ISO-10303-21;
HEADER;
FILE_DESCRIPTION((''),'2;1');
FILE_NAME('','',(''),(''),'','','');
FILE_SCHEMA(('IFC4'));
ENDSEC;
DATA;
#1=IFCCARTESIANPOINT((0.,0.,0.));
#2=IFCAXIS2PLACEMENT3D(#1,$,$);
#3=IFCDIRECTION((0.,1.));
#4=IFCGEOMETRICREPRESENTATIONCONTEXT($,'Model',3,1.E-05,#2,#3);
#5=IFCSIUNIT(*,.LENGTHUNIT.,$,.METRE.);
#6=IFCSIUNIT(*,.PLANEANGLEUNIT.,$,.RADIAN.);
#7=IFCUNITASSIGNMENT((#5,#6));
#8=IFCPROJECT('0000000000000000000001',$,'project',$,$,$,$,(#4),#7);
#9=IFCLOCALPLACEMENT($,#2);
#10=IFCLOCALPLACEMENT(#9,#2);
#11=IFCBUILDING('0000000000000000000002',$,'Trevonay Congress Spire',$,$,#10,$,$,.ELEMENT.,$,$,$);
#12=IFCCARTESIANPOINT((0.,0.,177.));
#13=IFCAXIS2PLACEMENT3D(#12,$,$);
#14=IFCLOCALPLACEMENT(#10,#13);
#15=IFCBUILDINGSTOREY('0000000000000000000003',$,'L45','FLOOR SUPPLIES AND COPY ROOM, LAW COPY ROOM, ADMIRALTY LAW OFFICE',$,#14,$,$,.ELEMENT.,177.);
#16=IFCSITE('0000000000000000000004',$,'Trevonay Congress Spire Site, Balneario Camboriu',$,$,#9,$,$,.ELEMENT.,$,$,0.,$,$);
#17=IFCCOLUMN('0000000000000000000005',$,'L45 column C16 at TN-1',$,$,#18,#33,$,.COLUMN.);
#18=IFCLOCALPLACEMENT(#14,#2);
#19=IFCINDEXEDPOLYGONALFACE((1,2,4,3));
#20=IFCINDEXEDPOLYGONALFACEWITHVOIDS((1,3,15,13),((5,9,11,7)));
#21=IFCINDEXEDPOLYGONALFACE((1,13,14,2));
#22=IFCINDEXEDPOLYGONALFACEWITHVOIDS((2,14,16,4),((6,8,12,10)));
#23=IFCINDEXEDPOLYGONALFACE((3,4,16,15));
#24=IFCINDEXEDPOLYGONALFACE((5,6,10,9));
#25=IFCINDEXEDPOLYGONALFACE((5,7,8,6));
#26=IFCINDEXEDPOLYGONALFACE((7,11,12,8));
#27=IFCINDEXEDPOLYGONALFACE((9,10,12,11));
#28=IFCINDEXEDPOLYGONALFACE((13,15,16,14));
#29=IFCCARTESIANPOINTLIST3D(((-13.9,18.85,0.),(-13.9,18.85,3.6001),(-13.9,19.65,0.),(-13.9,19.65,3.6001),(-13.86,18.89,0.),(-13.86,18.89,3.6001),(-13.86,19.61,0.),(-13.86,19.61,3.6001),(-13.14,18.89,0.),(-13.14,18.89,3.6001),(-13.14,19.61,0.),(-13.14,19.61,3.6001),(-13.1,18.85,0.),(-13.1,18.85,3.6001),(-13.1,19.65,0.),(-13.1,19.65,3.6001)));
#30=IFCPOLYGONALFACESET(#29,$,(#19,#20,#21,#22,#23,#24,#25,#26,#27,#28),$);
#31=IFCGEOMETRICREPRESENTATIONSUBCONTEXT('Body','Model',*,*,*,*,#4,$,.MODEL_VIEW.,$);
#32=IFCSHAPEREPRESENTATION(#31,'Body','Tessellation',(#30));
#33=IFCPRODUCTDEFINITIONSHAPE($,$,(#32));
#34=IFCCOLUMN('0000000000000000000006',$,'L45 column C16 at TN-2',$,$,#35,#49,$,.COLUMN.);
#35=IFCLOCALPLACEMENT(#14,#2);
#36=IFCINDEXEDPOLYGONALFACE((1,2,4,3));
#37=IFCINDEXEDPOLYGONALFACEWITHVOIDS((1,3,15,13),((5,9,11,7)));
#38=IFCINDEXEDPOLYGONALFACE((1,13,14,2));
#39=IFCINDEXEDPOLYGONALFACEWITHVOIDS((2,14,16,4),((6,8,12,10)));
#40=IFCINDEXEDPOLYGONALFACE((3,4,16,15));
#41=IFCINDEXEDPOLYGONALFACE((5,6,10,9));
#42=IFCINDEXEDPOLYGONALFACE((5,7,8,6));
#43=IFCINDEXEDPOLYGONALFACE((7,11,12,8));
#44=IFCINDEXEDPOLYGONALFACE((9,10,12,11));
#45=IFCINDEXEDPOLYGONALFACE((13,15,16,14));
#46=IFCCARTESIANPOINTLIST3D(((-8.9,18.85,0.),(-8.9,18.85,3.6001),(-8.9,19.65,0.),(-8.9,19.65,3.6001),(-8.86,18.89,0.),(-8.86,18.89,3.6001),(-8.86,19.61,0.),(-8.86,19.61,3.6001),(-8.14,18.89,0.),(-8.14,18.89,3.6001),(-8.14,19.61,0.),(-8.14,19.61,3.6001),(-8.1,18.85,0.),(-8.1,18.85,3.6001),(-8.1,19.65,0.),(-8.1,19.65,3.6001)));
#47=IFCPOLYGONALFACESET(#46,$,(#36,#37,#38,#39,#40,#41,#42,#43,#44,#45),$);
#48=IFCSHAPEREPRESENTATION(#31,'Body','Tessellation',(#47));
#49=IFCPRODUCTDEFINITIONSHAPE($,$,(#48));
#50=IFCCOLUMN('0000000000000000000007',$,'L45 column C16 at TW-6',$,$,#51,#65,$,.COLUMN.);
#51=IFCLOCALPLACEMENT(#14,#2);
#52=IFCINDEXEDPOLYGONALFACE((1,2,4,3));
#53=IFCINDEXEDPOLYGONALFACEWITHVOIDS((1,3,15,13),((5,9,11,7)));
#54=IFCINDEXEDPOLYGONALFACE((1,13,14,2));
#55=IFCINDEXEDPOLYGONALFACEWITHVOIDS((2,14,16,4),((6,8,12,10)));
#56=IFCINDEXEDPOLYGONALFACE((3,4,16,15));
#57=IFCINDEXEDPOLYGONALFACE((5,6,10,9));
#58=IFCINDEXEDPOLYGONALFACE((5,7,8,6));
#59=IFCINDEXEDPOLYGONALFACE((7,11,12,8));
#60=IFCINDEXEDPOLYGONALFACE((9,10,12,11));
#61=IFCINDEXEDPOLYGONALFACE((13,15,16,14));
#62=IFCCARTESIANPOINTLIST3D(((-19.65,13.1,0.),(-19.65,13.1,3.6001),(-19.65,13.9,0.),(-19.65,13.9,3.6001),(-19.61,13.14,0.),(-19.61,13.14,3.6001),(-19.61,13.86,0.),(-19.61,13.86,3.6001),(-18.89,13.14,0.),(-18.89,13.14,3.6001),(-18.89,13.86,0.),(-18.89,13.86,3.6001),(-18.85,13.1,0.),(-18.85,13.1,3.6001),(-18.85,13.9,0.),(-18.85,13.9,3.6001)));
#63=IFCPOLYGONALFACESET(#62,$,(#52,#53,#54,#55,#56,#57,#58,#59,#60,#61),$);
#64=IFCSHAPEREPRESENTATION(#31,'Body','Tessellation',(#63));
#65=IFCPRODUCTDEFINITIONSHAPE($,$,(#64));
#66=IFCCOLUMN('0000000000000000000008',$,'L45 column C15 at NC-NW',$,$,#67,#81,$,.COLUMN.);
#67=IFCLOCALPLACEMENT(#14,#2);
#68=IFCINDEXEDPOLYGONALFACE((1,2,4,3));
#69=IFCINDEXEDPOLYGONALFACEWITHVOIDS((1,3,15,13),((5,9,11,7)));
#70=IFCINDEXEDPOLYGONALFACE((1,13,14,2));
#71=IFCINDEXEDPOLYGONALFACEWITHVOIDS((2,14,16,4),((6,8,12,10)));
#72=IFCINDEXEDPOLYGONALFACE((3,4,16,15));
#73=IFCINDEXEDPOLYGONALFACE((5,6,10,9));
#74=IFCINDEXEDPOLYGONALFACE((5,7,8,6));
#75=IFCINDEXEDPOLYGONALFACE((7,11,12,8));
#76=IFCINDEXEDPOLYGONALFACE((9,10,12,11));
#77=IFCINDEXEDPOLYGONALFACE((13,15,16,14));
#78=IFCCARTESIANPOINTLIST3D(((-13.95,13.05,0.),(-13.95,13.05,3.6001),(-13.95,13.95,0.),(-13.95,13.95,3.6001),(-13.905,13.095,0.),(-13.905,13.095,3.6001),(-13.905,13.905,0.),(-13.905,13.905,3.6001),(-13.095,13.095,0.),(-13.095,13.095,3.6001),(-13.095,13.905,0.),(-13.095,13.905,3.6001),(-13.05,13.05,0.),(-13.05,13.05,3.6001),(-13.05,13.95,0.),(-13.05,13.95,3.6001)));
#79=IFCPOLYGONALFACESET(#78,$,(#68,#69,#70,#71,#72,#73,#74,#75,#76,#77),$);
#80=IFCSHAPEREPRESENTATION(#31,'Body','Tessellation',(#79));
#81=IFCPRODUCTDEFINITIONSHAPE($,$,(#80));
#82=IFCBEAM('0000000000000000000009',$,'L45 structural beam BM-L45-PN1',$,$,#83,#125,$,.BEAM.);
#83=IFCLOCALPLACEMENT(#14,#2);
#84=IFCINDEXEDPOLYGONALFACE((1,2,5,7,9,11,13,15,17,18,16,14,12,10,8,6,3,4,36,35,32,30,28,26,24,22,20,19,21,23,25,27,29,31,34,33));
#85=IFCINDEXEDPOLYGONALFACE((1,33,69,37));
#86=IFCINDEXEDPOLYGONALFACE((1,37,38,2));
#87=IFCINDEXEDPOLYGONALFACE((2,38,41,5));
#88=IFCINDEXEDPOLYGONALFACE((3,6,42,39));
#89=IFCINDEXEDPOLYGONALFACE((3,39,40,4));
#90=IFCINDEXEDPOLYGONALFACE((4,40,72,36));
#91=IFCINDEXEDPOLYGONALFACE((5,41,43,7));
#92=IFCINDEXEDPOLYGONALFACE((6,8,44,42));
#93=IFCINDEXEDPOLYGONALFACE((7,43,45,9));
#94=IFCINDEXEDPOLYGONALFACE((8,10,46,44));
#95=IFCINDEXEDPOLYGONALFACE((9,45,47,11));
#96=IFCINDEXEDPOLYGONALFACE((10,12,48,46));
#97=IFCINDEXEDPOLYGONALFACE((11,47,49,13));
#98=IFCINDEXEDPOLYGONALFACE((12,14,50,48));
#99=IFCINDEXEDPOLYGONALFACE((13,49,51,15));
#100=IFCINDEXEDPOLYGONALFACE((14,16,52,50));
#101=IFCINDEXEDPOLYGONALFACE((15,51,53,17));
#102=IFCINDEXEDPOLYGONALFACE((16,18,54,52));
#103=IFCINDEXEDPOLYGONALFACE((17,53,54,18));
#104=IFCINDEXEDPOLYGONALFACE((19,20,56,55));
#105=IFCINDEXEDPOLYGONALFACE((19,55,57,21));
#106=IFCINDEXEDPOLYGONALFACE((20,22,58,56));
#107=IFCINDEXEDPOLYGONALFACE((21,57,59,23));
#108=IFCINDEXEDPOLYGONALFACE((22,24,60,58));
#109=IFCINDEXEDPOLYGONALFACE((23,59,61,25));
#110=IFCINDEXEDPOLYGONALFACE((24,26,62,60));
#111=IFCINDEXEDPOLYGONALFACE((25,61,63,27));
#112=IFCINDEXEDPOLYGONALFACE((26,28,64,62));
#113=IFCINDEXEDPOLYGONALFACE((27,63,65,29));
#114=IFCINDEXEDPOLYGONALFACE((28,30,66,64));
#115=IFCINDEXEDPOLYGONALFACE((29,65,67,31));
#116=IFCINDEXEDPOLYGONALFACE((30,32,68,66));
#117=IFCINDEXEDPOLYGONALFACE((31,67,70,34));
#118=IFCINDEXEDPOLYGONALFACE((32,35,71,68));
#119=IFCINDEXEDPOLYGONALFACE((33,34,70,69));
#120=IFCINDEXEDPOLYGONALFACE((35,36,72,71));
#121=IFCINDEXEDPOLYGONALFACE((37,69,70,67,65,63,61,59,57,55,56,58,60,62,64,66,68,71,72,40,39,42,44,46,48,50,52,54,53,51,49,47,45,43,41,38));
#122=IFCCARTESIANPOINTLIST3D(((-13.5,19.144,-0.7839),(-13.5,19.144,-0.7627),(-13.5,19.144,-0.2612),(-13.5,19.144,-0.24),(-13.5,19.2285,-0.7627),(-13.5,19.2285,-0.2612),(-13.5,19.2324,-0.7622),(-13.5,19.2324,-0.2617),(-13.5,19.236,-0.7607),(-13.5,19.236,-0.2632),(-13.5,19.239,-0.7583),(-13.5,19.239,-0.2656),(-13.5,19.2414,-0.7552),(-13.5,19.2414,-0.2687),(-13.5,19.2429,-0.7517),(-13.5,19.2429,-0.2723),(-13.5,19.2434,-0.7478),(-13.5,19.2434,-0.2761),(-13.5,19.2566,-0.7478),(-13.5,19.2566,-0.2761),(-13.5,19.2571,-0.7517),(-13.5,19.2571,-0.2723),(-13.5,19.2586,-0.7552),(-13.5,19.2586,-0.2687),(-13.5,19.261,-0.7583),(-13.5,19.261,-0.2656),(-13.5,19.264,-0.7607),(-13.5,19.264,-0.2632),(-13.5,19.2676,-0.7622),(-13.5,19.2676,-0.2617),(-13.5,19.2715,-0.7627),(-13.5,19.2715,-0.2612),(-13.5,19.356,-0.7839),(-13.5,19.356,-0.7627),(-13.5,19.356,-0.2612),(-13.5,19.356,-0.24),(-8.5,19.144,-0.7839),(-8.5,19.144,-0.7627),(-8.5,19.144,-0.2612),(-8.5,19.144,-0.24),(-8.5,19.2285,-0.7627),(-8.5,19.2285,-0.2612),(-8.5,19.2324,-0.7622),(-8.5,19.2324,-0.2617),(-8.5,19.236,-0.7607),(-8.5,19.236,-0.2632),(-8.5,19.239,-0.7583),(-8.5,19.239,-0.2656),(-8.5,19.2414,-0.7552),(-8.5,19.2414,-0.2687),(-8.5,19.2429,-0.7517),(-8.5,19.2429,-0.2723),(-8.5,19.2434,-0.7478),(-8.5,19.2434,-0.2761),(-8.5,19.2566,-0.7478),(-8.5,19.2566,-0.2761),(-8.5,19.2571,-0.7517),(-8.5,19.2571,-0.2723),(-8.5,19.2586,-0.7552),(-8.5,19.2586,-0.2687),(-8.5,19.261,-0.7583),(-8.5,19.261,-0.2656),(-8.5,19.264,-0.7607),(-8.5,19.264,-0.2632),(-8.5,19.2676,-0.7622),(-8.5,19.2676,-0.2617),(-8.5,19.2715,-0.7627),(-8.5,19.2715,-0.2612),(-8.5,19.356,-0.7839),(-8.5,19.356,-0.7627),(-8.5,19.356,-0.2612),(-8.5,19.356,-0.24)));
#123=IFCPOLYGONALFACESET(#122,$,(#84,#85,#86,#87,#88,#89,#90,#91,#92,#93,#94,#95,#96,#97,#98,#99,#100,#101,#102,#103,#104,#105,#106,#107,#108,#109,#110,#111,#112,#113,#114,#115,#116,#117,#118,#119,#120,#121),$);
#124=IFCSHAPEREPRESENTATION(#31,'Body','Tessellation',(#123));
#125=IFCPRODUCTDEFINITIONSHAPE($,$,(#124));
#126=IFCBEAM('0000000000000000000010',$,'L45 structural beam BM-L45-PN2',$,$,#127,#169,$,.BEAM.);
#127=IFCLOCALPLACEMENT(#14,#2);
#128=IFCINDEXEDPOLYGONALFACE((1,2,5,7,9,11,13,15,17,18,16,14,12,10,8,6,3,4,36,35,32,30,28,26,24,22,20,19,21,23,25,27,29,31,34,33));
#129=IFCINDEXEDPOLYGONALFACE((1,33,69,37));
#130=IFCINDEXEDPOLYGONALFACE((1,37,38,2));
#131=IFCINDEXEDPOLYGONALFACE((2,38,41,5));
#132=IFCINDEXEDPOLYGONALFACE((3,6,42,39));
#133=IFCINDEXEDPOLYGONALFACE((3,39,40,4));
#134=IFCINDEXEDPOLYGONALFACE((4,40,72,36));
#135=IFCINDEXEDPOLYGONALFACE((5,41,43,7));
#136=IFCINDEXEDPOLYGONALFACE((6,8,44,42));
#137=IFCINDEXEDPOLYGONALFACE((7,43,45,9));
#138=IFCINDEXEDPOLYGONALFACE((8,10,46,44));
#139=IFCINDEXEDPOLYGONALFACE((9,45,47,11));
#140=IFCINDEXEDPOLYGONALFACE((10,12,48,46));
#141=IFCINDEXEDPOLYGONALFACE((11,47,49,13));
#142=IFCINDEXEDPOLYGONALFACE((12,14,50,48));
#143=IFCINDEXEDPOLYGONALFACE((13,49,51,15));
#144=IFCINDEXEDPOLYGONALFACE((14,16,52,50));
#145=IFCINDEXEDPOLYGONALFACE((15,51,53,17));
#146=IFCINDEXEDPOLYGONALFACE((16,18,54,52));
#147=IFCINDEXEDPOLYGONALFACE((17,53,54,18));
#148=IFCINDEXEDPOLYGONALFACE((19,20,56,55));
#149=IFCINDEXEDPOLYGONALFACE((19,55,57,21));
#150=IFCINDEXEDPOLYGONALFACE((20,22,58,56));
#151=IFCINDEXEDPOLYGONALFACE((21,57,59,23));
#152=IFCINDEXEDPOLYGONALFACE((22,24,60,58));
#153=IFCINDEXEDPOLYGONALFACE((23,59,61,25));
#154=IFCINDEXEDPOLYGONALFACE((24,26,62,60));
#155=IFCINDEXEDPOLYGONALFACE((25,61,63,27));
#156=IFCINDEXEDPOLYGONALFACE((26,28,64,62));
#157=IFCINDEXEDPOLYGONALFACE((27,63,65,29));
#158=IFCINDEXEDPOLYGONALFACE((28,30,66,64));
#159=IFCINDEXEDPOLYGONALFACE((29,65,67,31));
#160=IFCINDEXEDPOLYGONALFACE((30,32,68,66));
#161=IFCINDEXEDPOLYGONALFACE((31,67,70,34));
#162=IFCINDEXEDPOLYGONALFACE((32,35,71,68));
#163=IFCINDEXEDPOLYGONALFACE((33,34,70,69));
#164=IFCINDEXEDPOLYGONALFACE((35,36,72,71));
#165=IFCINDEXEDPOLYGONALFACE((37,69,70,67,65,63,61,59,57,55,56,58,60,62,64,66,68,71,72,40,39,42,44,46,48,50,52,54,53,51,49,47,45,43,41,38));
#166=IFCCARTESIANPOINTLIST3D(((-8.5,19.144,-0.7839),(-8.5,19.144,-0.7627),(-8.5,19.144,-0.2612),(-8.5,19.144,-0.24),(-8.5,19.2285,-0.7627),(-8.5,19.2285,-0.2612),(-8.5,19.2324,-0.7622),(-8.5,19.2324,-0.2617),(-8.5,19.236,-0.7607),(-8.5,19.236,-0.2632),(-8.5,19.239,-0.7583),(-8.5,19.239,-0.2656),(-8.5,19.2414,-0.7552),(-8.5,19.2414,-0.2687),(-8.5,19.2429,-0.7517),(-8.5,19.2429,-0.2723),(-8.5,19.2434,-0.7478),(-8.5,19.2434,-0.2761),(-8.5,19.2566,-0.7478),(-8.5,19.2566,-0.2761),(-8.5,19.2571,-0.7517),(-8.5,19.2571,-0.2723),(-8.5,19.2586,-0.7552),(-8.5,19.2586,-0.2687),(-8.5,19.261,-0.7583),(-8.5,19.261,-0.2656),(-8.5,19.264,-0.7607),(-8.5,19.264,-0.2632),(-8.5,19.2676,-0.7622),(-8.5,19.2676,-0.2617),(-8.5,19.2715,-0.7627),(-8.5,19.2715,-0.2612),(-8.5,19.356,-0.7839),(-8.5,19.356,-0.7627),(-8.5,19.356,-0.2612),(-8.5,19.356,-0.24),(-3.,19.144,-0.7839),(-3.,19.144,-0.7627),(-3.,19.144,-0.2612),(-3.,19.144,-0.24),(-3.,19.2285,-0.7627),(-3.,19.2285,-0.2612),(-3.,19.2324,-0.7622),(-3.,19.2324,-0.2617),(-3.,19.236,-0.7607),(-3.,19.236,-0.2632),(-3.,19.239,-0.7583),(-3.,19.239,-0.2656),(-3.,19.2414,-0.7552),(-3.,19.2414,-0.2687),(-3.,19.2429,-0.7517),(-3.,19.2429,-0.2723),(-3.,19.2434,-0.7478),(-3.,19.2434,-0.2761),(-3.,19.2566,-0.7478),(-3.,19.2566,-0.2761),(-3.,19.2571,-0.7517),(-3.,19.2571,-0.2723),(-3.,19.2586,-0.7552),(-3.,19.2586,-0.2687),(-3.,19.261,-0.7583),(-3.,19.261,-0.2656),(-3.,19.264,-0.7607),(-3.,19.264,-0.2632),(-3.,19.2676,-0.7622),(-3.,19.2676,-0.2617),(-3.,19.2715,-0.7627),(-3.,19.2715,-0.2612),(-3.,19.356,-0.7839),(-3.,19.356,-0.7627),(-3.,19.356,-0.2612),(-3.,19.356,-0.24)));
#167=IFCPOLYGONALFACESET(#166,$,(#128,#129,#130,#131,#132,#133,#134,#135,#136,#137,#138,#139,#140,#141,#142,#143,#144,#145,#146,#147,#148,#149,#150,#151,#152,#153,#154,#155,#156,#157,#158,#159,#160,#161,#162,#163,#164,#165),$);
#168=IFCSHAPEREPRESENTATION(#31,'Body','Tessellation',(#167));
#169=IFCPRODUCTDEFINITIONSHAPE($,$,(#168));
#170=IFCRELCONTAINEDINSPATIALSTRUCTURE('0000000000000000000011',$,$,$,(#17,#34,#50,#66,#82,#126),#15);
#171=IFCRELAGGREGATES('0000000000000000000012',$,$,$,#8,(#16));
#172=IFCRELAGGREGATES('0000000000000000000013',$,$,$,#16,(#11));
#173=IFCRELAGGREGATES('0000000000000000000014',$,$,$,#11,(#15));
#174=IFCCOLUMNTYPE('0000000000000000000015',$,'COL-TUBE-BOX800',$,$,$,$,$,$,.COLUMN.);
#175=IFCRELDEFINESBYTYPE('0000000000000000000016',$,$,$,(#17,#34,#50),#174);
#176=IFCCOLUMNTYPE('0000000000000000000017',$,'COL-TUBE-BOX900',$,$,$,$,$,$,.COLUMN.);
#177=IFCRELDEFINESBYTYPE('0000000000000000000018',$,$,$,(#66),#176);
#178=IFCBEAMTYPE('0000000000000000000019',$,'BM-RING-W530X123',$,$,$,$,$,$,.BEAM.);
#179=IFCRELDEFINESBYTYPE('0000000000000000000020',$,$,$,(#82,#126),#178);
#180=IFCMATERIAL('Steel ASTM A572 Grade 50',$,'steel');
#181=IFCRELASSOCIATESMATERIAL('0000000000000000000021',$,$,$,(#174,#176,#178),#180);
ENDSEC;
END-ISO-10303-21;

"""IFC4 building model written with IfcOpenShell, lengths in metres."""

from ifc_helpers import new_model, si_unit, direction, frame, origin, origin_2d, place, context, subcontext, project, spatial, hollow_rectangle, i_section, extrude, material, material_profile, profile_set, type_object, element, save


model = new_model("IFC4")

# Units and contexts
model_context = context("Model", 3, precision=1e-05, world=origin(), true_north=direction((0.0, 1.0)))
body_context = subcontext(model_context, "Body", "Model", "MODEL_VIEW")
ifc_project = project(units=[si_unit("LENGTHUNIT", "METRE"), si_unit("PLANEANGLEUNIT", "RADIAN")], contexts=[model_context])

# Site, building, storey
site_placement = place(None, origin())
site = spatial("IfcSite", under=ifc_project, at=site_placement, Name="Trevonay Congress Spire Site, Balneario Camboriu", CompositionType="ELEMENT", RefElevation=0.0)
building_placement = place(site_placement, origin())
building = spatial("IfcBuilding", under=site, at=building_placement, Name="Trevonay Congress Spire", CompositionType="ELEMENT")
storey_placement = place(building_placement, frame((0.0, 0.0, 177.0)))
storey = spatial("IfcBuildingStorey", under=building, at=storey_placement, Name="L45", Description="FLOOR SUPPLIES AND COPY ROOM, LAW COPY ROOM, ADMIRALTY LAW OFFICE", CompositionType="ELEMENT", Elevation=177.0)

# Columns
ifc_material_1 = material(Name="Steel ASTM A572 Grade 50", Category="steel")
ifc_material_profile_1 = material_profile(ifc_material_1, hollow_rectangle(XDim=0.8, YDim=0.8, WallThickness=0.04, at=origin_2d()), Name="BOX 800x800x40")
ifc_profile_set_1 = profile_set([ifc_material_profile_1], Name="Steel ASTM A572 Grade 50")
column_type_1 = type_object("IfcColumnType", Name="COL-TUBE-BOX800", PredefinedType="COLUMN", material=ifc_profile_set_1)
for number, where, z_axis, x_axis, name in (
    (1, (-13.5, 19.25, 0.0), (0.0, 0.0, 1.0), (1.0, 0.0, 0.0), "L45 column C16 at TN-1"),
    (2, (-8.5, 19.25, 0.0), (0.0, 0.0, 1.0), (1.0, 0.0, 0.0), "L45 column C16 at TN-2"),
    (3, (-19.25, 13.5, 0.0), (0.0, 0.0, 1.0), (1.0, 0.0, 0.0), "L45 column C16 at TW-6"),
):
    element("IfcColumn", number, at=place(storey_placement, frame(where, z_axis=z_axis, x_axis=x_axis)), inside=storey, type_object=column_type_1, Name=name, PredefinedType="COLUMN", context=body_context, shape_type="SweptSolid", body=[
        extrude(hollow_rectangle(XDim=0.8, YDim=0.8, WallThickness=0.04, at=origin_2d()), origin(), (0.0, 0.0, 1.0), 3.6001),
    ])
ifc_material_profile_2 = material_profile(ifc_material_1, hollow_rectangle(XDim=0.8999, YDim=0.8999, WallThickness=0.0449, at=origin_2d()), Name="BOX 900x900x45")
ifc_profile_set_2 = profile_set([ifc_material_profile_2], Name="Steel ASTM A572 Grade 50")
column_type_2 = type_object("IfcColumnType", Name="COL-TUBE-BOX900", PredefinedType="COLUMN", material=ifc_profile_set_2)
column_placement = place(storey_placement, frame((-13.5, 13.5, 0.0), z_axis=(0.0, 0.0, 1.0), x_axis=(1.0, 0.0, 0.0)))
element("IfcColumn", 4, at=column_placement, inside=storey, type_object=column_type_2, Name="L45 column C15 at NC-NW", PredefinedType="COLUMN", context=body_context, shape_type="SweptSolid", body=[
    extrude(hollow_rectangle(XDim=0.8999, YDim=0.8999, WallThickness=0.0449, at=origin_2d()), origin(), (0.0, 0.0, 1.0), 3.6001),
])

# Beams
ifc_material_profile_3 = material_profile(ifc_material_1, i_section(OverallWidth=0.2119, OverallDepth=0.5439, WebThickness=0.0132, FlangeThickness=0.0212, FilletRadius=0.0149, at=origin_2d()), Name="W530x123")
ifc_profile_set_3 = profile_set([ifc_material_profile_3], Name="Steel ASTM A572 Grade 50")
beam_type_1 = type_object("IfcBeamType", Name="BM-RING-W530X123", PredefinedType="BEAM", material=ifc_profile_set_3)
beam_1_placement = place(storey_placement, frame((-13.5, 19.25, -0.512), z_axis=(1.0, 0.0, 0.0), x_axis=(0.0, 1.0, 0.0)))
element("IfcBeam", 5, at=beam_1_placement, inside=storey, type_object=beam_type_1, Name="L45 structural beam BM-L45-PN1", PredefinedType="BEAM", context=body_context, shape_type="SweptSolid", body=[
    extrude(i_section(OverallWidth=0.2119, OverallDepth=0.5439, WebThickness=0.0132, FlangeThickness=0.0212, FilletRadius=0.0149, at=origin_2d()), origin(), (0.0, 0.0, 1.0), 5.0),
])
beam_2_placement = place(storey_placement, frame((-8.5, 19.25, -0.512), z_axis=(1.0, 0.0, 0.0), x_axis=(0.0, 1.0, 0.0)))
element("IfcBeam", 6, at=beam_2_placement, inside=storey, type_object=beam_type_1, Name="L45 structural beam BM-L45-PN2", PredefinedType="BEAM", context=body_context, shape_type="SweptSolid", body=[
    extrude(i_section(OverallWidth=0.2119, OverallDepth=0.5439, WebThickness=0.0132, FlangeThickness=0.0212, FilletRadius=0.0149, at=origin_2d()), origin(), (0.0, 0.0, 1.0), 5.5),
])

save(model, "model.ifc")
